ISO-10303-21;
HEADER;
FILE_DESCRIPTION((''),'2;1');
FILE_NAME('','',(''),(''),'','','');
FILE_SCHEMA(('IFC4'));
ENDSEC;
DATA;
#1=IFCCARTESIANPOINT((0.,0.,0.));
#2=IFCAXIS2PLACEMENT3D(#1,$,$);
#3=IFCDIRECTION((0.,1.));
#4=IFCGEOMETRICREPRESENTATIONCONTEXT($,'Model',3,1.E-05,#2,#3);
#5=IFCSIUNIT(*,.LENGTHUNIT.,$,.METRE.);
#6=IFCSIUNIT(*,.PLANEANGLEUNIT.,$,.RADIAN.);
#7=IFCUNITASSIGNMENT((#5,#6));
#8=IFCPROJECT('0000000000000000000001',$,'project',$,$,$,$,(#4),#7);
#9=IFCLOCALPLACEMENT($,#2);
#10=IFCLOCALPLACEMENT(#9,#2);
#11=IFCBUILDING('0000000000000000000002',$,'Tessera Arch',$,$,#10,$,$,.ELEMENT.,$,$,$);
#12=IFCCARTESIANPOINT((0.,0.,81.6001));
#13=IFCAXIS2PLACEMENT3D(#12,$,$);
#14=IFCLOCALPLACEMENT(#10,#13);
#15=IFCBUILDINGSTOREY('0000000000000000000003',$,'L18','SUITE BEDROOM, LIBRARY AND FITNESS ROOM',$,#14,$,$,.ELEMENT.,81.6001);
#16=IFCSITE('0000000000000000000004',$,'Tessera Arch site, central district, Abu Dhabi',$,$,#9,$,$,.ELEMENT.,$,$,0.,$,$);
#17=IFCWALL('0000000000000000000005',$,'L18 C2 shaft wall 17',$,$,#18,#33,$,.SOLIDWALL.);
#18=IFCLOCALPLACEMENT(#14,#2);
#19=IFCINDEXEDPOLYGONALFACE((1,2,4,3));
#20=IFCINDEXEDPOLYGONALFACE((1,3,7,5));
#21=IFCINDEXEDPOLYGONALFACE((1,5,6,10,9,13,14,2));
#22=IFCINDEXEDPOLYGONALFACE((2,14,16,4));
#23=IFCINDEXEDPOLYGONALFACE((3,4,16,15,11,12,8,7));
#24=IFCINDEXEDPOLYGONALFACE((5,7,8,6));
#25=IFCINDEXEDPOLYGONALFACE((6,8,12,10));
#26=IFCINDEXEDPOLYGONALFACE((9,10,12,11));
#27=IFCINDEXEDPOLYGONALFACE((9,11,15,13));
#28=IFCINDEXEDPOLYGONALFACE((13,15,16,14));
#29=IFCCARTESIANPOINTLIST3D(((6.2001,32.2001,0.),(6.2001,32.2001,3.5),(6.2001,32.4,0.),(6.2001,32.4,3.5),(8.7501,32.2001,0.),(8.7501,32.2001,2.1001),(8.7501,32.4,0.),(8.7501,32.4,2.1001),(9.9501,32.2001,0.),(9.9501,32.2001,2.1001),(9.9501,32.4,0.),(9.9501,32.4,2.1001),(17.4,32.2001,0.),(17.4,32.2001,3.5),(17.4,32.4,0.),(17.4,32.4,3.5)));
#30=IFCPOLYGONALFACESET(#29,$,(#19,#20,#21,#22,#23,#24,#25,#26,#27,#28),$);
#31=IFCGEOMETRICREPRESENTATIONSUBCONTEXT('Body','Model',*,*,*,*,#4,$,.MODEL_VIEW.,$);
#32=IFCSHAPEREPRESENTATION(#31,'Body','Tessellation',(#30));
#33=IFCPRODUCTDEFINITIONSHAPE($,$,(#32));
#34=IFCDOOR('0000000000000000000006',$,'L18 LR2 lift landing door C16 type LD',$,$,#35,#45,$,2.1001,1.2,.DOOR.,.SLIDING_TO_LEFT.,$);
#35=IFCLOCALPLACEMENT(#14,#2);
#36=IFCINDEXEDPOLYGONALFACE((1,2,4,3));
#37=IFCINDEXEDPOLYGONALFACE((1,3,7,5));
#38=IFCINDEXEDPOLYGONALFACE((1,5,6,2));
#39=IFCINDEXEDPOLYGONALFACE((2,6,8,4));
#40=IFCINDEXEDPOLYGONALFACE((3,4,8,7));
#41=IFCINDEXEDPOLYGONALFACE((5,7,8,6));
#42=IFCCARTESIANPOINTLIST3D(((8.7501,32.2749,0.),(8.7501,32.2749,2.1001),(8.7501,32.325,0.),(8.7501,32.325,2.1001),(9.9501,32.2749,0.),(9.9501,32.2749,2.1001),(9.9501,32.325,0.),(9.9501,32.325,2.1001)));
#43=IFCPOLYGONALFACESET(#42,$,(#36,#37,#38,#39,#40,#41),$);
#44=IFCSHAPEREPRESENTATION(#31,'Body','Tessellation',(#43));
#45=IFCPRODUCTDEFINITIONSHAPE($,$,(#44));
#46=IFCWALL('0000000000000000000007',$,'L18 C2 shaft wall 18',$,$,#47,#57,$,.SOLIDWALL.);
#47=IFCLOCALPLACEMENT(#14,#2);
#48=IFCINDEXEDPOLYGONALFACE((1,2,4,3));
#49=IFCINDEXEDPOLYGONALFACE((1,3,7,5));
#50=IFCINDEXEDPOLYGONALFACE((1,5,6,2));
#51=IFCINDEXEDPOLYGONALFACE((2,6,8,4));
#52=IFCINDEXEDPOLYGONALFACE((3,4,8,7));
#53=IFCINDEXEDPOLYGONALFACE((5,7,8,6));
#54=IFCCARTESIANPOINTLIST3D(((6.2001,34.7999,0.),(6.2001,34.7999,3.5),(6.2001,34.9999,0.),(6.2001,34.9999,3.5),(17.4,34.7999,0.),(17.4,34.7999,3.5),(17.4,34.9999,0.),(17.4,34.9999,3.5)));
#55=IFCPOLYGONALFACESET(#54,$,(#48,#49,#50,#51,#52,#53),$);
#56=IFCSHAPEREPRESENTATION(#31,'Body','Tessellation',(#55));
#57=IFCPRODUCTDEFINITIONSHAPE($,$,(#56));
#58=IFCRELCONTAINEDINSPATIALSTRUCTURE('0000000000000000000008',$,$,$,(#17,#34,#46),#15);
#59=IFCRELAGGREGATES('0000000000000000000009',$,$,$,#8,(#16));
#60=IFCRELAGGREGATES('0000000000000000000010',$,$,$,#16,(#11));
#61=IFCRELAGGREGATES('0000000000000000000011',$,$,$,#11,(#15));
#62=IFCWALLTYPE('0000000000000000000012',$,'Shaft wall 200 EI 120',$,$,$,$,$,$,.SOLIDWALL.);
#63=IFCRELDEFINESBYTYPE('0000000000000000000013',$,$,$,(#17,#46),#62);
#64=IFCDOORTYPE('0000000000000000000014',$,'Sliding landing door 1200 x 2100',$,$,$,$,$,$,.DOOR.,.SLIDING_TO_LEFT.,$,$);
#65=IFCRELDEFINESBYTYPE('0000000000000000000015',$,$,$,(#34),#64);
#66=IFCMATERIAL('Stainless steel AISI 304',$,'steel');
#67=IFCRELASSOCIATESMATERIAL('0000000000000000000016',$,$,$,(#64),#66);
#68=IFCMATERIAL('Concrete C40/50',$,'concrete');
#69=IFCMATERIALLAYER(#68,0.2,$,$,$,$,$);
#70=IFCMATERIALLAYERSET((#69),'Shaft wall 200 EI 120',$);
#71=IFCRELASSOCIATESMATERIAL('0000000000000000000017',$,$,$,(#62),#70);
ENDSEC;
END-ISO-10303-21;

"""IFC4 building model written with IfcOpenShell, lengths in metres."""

from ifc_helpers import new_model, si_unit, direction, frame, frame_2d, origin, place, context, subcontext, project, spatial, rectangle, extrude, material, layer, layer_set, type_object, element, fill, save


model = new_model("IFC4")

# Units and contexts
model_context = context("Model", 3, precision=1e-05, world=origin(), true_north=direction((0.0, 1.0)))
body_context = subcontext(model_context, "Body", "Model", "MODEL_VIEW")
ifc_project = project(units=[si_unit("LENGTHUNIT", "METRE"), si_unit("PLANEANGLEUNIT", "RADIAN")], contexts=[model_context])

# Site, building, storey
site_placement = place(None, origin())
site = spatial("IfcSite", under=ifc_project, at=site_placement, Name="Tessera Arch site, central district, Abu Dhabi", CompositionType="ELEMENT", RefElevation=0.0)
building_placement = place(site_placement, origin())
building = spatial("IfcBuilding", under=site, at=building_placement, Name="Tessera Arch", CompositionType="ELEMENT")
storey_placement = place(building_placement, frame((0.0, 0.0, 81.6001)))
storey = spatial("IfcBuildingStorey", under=building, at=storey_placement, Name="L18", Description="SUITE BEDROOM, LIBRARY AND FITNESS ROOM", CompositionType="ELEMENT", Elevation=81.6001)

# Shared definitions
ifc_material_1 = material(Name="Stainless steel AISI 304", Category="steel")
door_type_1 = type_object("IfcDoorType", Name="Sliding landing door 1200 x 2100", OperationType="SLIDING_TO_LEFT", PredefinedType="DOOR", material=ifc_material_1)

# Shared definitions
ifc_material_2 = material(Name="Concrete C40/50", Category="concrete")
ifc_layer_1 = layer(ifc_material_2, 0.2)
ifc_layer_set_1 = layer_set([ifc_layer_1], Name="Shaft wall 200 EI 120")
wall_type_1 = type_object("IfcWallType", Name="Shaft wall 200 EI 120", PredefinedType="SOLIDWALL", material=ifc_layer_set_1)

# Wall, opening, door
wall_1_placement = place(storey_placement, frame((6.2, 32.3, 0.0), z_axis=(0.0, 0.0, 1.0), x_axis=(1.0, 0.0, 0.0)))
wall_1 = element("IfcWall", 1, at=wall_1_placement, inside=storey, type_object=wall_type_1, Name="L18 C2 shaft wall 17", PredefinedType="SOLIDWALL", context=body_context, shape_type="SweptSolid", body=[
    extrude(rectangle(XDim=11.2, YDim=0.2, at=frame_2d((5.6001, 0.0))), origin(), (0.0, 0.0, 1.0), 3.5),
])
opening_1_placement = place(wall_1_placement, frame((2.55, 0.0, 0.0)))
opening_1 = element("IfcOpeningElement", 2, at=opening_1_placement, cuts=wall_1, PredefinedType="OPENING", context=body_context, shape_type="SweptSolid", body=[
    extrude(rectangle(XDim=1.2, YDim=2.1001, at=frame_2d((0.6001, 1.05))), frame((0.0, 0.1099, 0.0), z_axis=(0.0, -1.0, 0.0), x_axis=(1.0, 0.0, 0.0)), (0.0, 0.0, 1.0), 0.22),
])
door_1_placement = place(opening_1_placement, origin())
door_1 = element("IfcDoor", 3, at=door_1_placement, inside=storey, type_object=door_type_1, Name="L18 LR2 lift landing door C16 type LD", OperationType="SLIDING_TO_LEFT", OverallHeight=2.1001, OverallWidth=1.2, PredefinedType="DOOR", context=body_context, shape_type="SweptSolid", body=[
    extrude(rectangle(XDim=1.2, YDim=2.1001, at=frame_2d((0.6001, 1.05))), frame((0.0, 0.0249, 0.0), z_axis=(0.0, -1.0, 0.0), x_axis=(1.0, 0.0, 0.0)), (0.0, 0.0, 1.0), 0.05),
])
fill(opening_1, door_1)

# Wall
wall_2_placement = place(storey_placement, frame((6.2, 34.8999, 0.0), z_axis=(0.0, 0.0, 1.0), x_axis=(1.0, 0.0, 0.0)))
element("IfcWall", 4, at=wall_2_placement, inside=storey, type_object=wall_type_1, Name="L18 C2 shaft wall 18", PredefinedType="SOLIDWALL", context=body_context, shape_type="SweptSolid", body=[
    extrude(rectangle(XDim=11.2, YDim=0.2, at=frame_2d((5.6001, 0.0))), origin(), (0.0, 0.0, 1.0), 3.5),
])

save(model, "model.ifc")
